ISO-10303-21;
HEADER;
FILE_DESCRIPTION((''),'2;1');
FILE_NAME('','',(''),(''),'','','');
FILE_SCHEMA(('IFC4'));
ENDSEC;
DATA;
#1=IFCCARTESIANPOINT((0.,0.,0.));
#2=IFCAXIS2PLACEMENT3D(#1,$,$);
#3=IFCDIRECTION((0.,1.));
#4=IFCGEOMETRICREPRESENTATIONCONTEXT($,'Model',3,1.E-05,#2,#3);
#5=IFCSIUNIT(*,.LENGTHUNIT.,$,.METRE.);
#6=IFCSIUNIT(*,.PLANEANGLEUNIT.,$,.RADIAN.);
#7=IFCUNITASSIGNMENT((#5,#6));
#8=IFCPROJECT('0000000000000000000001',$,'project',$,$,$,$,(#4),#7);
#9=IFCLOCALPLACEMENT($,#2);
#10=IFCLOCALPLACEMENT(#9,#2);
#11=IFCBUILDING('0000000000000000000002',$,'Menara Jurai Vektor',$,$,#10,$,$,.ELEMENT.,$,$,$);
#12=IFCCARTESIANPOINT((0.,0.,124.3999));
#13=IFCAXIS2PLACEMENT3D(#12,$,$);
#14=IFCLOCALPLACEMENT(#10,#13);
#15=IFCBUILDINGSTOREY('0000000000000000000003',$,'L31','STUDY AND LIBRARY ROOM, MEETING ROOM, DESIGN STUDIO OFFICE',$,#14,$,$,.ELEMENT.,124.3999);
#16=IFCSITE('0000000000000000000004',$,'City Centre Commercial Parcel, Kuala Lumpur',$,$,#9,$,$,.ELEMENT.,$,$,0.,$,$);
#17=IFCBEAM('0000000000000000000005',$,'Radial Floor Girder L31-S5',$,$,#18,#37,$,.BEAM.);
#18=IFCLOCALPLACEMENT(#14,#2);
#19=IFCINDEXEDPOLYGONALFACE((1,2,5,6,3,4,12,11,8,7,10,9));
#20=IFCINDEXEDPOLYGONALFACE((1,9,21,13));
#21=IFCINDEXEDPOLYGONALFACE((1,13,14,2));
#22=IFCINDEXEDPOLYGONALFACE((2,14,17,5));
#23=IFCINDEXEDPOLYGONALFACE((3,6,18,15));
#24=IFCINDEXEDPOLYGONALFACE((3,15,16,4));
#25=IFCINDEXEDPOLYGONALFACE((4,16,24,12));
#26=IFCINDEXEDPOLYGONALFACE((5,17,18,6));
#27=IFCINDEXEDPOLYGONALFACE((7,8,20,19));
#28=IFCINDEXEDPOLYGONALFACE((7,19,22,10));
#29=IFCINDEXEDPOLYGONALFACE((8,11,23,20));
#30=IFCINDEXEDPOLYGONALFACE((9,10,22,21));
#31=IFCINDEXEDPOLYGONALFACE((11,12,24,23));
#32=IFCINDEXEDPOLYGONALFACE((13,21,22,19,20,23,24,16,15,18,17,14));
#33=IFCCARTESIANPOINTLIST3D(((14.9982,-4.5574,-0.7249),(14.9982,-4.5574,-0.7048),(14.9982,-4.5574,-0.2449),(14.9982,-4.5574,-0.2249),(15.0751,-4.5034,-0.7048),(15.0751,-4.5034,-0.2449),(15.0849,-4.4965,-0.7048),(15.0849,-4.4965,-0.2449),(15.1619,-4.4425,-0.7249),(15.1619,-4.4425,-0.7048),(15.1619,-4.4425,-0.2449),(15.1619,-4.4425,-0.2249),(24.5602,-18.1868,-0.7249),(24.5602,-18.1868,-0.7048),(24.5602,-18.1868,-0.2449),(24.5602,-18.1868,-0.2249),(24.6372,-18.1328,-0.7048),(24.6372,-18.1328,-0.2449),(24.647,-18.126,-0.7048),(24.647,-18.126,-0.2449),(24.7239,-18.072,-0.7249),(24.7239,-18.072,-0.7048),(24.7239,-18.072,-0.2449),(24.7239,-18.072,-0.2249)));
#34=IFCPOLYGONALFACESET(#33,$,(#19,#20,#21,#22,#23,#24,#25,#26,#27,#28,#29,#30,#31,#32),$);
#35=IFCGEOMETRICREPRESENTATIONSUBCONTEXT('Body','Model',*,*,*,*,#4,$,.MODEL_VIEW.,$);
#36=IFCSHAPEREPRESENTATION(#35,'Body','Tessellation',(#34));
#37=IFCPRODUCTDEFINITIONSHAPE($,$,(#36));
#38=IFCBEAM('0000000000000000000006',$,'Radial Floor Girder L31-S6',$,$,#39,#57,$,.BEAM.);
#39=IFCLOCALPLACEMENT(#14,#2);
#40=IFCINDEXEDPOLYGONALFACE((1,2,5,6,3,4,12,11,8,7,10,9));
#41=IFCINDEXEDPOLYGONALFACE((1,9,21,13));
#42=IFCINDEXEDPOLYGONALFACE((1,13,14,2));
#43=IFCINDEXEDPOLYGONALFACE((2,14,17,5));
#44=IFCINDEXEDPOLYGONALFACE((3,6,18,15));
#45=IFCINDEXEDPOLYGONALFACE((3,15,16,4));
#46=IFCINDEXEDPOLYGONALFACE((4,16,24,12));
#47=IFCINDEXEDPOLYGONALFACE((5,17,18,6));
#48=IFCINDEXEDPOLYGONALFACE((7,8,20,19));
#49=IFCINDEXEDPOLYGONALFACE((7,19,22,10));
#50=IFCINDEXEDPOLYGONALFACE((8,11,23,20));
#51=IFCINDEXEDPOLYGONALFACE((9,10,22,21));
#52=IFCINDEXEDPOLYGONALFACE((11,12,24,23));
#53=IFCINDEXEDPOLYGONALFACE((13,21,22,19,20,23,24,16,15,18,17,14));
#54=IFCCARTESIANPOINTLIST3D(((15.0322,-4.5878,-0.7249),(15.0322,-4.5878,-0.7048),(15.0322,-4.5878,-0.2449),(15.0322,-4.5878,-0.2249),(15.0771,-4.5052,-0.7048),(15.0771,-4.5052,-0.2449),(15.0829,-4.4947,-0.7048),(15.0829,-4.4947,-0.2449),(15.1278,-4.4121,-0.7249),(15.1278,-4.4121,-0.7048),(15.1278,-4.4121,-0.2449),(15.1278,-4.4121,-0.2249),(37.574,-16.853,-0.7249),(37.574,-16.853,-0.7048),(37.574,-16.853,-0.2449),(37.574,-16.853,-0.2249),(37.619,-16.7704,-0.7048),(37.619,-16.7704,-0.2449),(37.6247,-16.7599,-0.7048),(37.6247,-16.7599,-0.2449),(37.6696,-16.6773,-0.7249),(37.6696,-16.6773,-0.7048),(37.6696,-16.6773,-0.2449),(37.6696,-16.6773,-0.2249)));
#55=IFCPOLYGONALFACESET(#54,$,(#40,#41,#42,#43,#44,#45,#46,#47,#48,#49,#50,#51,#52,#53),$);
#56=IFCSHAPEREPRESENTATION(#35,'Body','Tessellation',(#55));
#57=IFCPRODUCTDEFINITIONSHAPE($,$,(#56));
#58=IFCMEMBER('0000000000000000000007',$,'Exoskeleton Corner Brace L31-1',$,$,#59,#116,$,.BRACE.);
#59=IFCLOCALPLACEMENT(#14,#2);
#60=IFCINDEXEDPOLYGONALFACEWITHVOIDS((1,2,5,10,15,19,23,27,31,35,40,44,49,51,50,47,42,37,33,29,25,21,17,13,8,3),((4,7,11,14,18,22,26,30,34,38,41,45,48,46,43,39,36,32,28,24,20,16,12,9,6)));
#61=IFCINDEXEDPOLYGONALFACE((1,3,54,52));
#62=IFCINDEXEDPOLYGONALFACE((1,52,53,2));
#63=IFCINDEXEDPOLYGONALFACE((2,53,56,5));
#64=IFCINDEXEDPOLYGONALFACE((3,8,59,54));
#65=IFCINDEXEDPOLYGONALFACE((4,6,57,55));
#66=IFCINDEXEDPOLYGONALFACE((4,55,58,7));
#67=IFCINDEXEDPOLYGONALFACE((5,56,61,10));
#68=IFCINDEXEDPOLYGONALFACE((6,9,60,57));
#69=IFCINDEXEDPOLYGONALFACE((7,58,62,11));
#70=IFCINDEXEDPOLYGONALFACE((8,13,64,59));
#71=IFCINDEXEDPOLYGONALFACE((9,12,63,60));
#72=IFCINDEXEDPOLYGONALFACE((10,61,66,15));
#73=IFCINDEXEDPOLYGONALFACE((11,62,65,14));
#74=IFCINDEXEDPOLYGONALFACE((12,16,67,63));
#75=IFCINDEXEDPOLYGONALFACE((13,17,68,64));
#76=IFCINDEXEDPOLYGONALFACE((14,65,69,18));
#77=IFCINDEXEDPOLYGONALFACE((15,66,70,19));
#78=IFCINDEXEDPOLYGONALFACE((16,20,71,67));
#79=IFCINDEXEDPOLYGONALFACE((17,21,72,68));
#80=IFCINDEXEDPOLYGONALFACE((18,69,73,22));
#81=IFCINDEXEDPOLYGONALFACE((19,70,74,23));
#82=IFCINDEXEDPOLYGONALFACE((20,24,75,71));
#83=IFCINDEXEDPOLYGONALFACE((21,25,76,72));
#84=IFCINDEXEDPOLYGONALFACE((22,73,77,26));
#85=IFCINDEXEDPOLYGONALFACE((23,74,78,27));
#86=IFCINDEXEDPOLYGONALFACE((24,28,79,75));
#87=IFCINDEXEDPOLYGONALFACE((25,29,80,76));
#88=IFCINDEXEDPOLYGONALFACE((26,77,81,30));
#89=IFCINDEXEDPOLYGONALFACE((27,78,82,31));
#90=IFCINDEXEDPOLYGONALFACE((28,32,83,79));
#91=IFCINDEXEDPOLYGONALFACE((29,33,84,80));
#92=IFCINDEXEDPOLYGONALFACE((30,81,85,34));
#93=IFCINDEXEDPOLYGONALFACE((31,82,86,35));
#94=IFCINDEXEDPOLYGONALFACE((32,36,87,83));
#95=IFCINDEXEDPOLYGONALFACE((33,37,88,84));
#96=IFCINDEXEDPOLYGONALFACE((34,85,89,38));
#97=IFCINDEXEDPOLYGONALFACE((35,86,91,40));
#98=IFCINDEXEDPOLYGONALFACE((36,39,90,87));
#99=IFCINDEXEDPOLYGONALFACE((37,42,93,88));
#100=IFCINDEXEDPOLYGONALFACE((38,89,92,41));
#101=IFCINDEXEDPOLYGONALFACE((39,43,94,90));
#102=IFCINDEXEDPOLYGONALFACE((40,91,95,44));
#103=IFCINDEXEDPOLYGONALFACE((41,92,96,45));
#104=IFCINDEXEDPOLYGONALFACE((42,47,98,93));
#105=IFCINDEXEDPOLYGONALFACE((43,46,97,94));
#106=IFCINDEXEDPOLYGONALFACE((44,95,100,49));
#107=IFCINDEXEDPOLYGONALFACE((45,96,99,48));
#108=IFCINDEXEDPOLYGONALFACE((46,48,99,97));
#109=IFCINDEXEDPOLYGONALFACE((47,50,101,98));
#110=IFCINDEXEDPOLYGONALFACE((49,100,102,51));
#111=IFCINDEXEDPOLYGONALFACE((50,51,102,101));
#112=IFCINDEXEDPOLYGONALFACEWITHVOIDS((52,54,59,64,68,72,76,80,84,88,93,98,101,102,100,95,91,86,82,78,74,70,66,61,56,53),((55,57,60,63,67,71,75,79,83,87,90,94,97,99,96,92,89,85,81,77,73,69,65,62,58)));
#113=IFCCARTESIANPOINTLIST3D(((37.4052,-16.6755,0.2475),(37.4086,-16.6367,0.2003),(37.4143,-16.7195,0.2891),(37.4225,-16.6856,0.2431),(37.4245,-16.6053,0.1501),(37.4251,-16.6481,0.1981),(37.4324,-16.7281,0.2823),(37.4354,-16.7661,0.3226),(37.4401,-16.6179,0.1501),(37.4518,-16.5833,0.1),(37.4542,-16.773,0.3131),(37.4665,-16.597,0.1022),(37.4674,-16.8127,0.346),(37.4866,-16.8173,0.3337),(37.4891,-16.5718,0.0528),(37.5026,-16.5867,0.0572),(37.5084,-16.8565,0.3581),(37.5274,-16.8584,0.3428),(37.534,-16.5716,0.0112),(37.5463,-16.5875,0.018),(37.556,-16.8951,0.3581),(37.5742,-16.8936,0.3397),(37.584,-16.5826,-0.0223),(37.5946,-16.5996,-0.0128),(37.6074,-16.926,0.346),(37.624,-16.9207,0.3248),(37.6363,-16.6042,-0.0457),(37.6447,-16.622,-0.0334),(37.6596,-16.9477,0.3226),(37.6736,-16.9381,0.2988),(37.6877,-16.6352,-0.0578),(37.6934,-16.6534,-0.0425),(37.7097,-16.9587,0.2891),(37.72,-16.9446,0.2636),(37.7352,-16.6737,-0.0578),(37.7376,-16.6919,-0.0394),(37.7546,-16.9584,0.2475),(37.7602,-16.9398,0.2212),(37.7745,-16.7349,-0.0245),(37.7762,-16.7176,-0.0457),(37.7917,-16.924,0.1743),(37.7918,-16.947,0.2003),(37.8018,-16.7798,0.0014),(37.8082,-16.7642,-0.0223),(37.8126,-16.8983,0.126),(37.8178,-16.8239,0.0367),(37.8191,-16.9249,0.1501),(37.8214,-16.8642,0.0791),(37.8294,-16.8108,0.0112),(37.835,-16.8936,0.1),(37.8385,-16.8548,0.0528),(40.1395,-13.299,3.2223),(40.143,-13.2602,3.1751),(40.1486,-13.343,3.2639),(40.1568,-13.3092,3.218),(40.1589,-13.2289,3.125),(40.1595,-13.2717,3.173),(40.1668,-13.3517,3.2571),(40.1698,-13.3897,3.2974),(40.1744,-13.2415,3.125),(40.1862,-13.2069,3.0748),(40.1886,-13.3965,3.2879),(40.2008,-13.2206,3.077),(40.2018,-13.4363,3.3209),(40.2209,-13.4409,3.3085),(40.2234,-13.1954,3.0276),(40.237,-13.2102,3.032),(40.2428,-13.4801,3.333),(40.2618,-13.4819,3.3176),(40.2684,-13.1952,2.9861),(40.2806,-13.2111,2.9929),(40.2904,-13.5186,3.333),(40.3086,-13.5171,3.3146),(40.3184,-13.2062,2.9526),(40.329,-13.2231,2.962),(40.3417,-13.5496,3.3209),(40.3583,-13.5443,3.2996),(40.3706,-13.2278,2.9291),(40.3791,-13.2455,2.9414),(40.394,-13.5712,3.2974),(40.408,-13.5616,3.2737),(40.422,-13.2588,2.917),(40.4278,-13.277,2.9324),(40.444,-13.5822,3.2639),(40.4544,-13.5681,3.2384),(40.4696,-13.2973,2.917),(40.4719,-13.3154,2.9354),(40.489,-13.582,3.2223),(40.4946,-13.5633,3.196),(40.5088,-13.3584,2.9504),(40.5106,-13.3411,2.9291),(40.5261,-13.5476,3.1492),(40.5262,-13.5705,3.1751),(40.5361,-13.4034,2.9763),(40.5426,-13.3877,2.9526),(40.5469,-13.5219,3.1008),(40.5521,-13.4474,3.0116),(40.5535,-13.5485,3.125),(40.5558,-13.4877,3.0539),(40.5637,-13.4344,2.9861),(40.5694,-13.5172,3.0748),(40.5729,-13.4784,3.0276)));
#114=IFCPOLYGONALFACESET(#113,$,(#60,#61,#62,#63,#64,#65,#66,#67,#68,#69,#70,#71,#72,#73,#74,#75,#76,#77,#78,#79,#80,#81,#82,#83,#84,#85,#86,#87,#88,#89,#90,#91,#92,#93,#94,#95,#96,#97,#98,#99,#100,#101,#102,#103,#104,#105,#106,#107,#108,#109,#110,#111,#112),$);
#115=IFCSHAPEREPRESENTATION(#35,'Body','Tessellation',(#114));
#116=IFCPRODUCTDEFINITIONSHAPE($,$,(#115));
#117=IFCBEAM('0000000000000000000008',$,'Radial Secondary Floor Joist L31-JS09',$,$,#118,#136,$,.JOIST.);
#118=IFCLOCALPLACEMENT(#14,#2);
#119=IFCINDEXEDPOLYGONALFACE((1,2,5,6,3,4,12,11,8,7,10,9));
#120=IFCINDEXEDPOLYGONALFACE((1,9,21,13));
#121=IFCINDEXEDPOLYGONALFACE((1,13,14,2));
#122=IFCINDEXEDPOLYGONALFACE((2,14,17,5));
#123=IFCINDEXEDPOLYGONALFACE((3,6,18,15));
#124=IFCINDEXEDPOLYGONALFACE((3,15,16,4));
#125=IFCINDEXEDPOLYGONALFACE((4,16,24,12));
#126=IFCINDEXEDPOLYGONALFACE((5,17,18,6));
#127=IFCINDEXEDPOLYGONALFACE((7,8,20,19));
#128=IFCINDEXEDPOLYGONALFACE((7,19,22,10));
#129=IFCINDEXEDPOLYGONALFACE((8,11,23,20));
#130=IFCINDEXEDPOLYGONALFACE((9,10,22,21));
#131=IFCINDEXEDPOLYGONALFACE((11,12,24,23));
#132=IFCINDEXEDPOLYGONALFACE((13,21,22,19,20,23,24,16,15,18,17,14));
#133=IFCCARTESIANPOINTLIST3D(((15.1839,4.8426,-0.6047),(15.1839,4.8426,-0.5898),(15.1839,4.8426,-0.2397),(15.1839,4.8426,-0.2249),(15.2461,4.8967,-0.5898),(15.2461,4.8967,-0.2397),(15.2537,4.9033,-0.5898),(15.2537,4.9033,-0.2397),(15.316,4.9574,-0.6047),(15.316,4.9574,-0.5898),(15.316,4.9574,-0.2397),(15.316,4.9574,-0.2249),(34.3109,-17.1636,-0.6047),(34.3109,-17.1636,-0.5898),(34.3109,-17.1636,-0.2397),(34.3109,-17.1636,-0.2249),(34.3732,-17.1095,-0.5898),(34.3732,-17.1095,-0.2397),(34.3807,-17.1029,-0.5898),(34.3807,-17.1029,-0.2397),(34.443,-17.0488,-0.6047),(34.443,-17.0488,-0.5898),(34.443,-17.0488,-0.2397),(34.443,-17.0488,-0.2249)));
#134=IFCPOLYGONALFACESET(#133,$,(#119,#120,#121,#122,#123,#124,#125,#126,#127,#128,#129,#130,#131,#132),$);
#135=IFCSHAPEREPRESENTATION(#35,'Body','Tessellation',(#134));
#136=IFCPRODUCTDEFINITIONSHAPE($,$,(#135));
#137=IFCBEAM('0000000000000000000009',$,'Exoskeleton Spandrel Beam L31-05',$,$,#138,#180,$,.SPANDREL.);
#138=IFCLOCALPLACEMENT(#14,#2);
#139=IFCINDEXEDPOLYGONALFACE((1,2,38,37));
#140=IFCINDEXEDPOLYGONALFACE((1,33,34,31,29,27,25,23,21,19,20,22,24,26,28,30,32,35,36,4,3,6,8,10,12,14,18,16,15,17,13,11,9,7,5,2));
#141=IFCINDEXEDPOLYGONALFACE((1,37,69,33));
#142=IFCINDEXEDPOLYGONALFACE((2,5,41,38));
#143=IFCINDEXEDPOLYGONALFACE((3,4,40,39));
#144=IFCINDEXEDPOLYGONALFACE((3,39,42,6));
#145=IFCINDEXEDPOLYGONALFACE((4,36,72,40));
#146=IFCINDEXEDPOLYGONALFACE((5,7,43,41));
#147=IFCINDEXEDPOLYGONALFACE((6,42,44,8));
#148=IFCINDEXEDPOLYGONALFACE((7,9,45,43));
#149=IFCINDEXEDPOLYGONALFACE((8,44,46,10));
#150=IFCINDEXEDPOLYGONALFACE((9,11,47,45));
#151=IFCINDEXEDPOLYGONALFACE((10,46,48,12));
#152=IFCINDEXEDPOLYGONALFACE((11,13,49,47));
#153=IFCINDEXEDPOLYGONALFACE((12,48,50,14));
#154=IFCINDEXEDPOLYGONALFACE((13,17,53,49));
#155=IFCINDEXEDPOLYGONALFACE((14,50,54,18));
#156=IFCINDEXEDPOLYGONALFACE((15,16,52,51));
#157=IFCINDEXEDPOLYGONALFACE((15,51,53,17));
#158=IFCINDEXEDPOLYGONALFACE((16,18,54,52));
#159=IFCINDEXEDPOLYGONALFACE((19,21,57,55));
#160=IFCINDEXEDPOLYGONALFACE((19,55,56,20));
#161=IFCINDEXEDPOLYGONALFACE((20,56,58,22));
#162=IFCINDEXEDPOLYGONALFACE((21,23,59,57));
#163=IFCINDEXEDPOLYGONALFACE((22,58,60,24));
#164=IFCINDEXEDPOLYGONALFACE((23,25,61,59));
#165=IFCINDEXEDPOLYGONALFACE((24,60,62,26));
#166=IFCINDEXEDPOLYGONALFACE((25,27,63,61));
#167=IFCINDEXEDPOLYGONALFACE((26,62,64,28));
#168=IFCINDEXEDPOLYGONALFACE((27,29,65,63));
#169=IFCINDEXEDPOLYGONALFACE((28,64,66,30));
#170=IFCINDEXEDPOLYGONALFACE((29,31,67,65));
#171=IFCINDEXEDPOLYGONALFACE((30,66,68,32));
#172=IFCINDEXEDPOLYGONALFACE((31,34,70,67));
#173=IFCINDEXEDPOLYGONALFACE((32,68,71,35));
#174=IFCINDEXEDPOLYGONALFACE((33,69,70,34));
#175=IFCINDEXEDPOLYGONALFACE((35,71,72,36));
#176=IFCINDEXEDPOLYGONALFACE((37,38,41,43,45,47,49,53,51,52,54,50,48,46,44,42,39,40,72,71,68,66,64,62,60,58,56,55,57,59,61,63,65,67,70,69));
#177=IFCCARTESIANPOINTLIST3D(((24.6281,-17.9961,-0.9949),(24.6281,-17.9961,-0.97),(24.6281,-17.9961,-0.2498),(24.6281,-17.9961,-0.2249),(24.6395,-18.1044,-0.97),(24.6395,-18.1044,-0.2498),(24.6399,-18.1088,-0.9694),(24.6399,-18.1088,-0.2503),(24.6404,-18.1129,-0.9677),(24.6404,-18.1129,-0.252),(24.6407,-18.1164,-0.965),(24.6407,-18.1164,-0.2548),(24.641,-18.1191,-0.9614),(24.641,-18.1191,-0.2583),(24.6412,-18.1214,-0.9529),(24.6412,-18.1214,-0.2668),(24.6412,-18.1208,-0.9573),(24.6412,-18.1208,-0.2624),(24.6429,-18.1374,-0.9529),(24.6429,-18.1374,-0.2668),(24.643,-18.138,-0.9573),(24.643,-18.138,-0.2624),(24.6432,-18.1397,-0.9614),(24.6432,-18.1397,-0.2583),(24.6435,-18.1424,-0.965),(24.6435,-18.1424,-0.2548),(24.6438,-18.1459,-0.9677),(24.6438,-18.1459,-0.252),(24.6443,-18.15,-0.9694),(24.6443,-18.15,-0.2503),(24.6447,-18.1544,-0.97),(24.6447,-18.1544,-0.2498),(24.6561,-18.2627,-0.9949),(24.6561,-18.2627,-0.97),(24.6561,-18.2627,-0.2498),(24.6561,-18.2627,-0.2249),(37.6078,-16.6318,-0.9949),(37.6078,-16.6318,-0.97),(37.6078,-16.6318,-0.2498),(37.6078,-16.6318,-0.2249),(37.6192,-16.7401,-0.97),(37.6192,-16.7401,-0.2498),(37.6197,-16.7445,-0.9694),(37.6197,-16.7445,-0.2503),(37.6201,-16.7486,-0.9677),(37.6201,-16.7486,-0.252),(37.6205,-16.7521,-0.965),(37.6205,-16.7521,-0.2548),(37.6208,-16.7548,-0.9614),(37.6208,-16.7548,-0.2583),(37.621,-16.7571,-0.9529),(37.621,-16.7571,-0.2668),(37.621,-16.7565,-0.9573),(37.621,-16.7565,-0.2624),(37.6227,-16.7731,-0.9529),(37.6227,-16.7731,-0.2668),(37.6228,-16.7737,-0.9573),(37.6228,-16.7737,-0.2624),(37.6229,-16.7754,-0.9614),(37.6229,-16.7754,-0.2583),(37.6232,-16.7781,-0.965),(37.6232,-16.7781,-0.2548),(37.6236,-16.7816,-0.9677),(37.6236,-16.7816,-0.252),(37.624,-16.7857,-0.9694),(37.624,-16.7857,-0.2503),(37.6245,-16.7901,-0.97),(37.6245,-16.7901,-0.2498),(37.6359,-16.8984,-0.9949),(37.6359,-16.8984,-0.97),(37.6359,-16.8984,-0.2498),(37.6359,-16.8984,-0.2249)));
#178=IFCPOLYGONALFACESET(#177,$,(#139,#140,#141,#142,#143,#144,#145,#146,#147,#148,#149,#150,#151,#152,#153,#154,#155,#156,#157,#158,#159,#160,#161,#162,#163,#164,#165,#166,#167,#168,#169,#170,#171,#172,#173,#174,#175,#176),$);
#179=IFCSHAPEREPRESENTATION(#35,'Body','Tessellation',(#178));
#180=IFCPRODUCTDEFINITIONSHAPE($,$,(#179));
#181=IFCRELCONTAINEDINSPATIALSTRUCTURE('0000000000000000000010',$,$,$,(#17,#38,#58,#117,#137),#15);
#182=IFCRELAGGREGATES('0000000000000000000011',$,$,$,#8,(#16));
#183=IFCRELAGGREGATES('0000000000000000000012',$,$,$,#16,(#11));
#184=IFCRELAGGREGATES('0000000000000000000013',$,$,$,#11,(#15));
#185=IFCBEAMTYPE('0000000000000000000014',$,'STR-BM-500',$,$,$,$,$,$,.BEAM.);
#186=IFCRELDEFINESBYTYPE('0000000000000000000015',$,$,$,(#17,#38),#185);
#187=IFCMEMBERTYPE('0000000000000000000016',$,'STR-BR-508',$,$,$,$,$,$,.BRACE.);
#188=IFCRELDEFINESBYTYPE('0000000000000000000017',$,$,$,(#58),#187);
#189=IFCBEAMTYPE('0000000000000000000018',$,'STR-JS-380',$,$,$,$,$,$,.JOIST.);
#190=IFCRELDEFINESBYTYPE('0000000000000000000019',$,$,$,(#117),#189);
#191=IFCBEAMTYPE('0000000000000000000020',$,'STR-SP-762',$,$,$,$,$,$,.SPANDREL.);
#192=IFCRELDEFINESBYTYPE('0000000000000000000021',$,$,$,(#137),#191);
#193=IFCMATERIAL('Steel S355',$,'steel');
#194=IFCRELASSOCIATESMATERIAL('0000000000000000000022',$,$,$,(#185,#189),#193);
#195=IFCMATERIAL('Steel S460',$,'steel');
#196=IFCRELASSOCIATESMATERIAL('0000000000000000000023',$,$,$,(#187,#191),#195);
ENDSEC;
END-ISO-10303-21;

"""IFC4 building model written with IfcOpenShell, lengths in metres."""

from ifc_helpers import new_model, si_unit, direction, frame, origin, origin_2d, place, context, subcontext, project, spatial, hollow_circle, i_section, extrude, material, material_profile, profile_set, type_object, element, save


model = new_model("IFC4")

# Units and contexts
model_context = context("Model", 3, precision=1e-05, world=origin(), true_north=direction((0.0, 1.0)))
body_context = subcontext(model_context, "Body", "Model", "MODEL_VIEW")
ifc_project = project(units=[si_unit("LENGTHUNIT", "METRE"), si_unit("PLANEANGLEUNIT", "RADIAN")], contexts=[model_context])

# Site, building, storey
site_placement = place(None, origin())
site = spatial("IfcSite", under=ifc_project, at=site_placement, Name="City Centre Commercial Parcel, Kuala Lumpur", CompositionType="ELEMENT", RefElevation=0.0)
building_placement = place(site_placement, origin())
building = spatial("IfcBuilding", under=site, at=building_placement, Name="Menara Jurai Vektor", CompositionType="ELEMENT")
storey_placement = place(building_placement, frame((0.0, 0.0, 124.3999)))
storey = spatial("IfcBuildingStorey", under=building, at=storey_placement, Name="L31", Description="STUDY AND LIBRARY ROOM, MEETING ROOM, DESIGN STUDIO OFFICE", CompositionType="ELEMENT", Elevation=124.3999)

# Shared definitions
ifc_material_1 = material(Name="Steel S460", Category="steel")

# Beams
ifc_material_2 = material(Name="Steel S355", Category="steel")
ifc_material_profile_1 = material_profile(ifc_material_2, i_section(OverallWidth=0.2, OverallDepth=0.5, WebThickness=0.012, FlangeThickness=0.02, at=origin_2d()), Name="PG 500x200x96")
ifc_profile_set_1 = profile_set([ifc_material_profile_1], Name="Steel S355")
beam_type_1 = type_object("IfcBeamType", Name="STR-BM-500", PredefinedType="BEAM", material=ifc_profile_set_1)
beam_1_placement = place(storey_placement, frame((24.6421, -18.1294, -0.4749), z_axis=(-0.574326, 0.818627, 0.0), x_axis=(-0.818627, -0.574326, 0.0)))
element("IfcBeam", 1, at=beam_1_placement, inside=storey, type_object=beam_type_1, Name="Radial Floor Girder L31-S5", PredefinedType="BEAM", context=body_context, shape_type="SweptSolid", body=[
    extrude(i_section(OverallWidth=0.2, OverallDepth=0.5, WebThickness=0.012, FlangeThickness=0.02, at=origin_2d()), origin(), (0.0, 0.0, 1.0), 16.6492),
])
beam_2_placement = place(storey_placement, frame((37.6218, -16.7651, -0.4749), z_axis=(-0.878392, 0.47794, 0.0), x_axis=(-0.47794, -0.878392, 0.0)))
element("IfcBeam", 2, at=beam_2_placement, inside=storey, type_object=beam_type_1, Name="Radial Floor Girder L31-S6", PredefinedType="BEAM", context=body_context, shape_type="SweptSolid", body=[
    extrude(i_section(OverallWidth=0.2, OverallDepth=0.5, WebThickness=0.012, FlangeThickness=0.02, at=origin_2d()), origin(), (0.0, 0.0, 1.0), 25.6626),
])

# Member
ifc_material_profile_2 = material_profile(ifc_material_1, hollow_circle(Radius=0.2539, WallThickness=0.02, at=origin_2d()), Name="CHS 508x20")
ifc_profile_set_2 = profile_set([ifc_material_profile_2], Name="Steel S460")
member_type_1 = type_object("IfcMemberType", Name="STR-BR-508", PredefinedType="BRACE", material=ifc_profile_set_2)
member_1_placement = place(storey_placement, frame((37.6218, -16.7651, 0.1501), z_axis=(0.519285, 0.641225, 0.564955), x_axis=(-0.777127, 0.629344, 0.0)))
element("IfcMember", 3, at=member_1_placement, inside=storey, type_object=member_type_1, Name="Exoskeleton Corner Brace L31-1", PredefinedType="BRACE", context=body_context, shape_type="SweptSolid", body=[
    extrude(hollow_circle(Radius=0.2539, WallThickness=0.02, at=origin_2d()), origin(), (0.0, 0.0, 1.0), 5.2656),
])

# Beams
ifc_material_profile_3 = material_profile(ifc_material_2, i_section(OverallWidth=0.175, OverallDepth=0.3799, WebThickness=0.01, FlangeThickness=0.0149, at=origin_2d()), Name="PG 380x175x58")
ifc_profile_set_3 = profile_set([ifc_material_profile_3], Name="Steel S355")
beam_type_2 = type_object("IfcBeamType", Name="STR-JS-380", PredefinedType="JOIST", material=ifc_profile_set_3)
beam_3_placement = place(storey_placement, frame((34.377, -17.1062, -0.4148), z_axis=(-0.656007, 0.754755, 0.0), x_axis=(-0.754755, -0.656007, 0.0)))
element("IfcBeam", 4, at=beam_3_placement, inside=storey, type_object=beam_type_2, Name="Radial Secondary Floor Joist L31-JS09", PredefinedType="JOIST", context=body_context, shape_type="SweptSolid", body=[
    extrude(i_section(OverallWidth=0.175, OverallDepth=0.3799, WebThickness=0.01, FlangeThickness=0.0149, at=origin_2d()), origin(), (0.0, 0.0, 1.0), 29.1567),
])
ifc_material_profile_4 = material_profile(ifc_material_1, i_section(OverallWidth=0.2681, OverallDepth=0.77, WebThickness=0.0161, FlangeThickness=0.0249, FilletRadius=0.0171, at=origin_2d()), Name="UKB 762x267x197")
ifc_profile_set_4 = profile_set([ifc_material_profile_4], Name="Steel S460")
beam_type_3 = type_object("IfcBeamType", Name="STR-SP-762", PredefinedType="SPANDREL", material=ifc_profile_set_4)
beam_4_placement = place(storey_placement, frame((24.6421, -18.1294, -0.6099), z_axis=(0.994522, 0.104531, 0.0), x_axis=(-0.104531, 0.994522, 0.0)))
element("IfcBeam", 5, at=beam_4_placement, inside=storey, type_object=beam_type_3, Name="Exoskeleton Spandrel Beam L31-05", PredefinedType="SPANDREL", context=body_context, shape_type="SweptSolid", body=[
    extrude(i_section(OverallWidth=0.2681, OverallDepth=0.77, WebThickness=0.0161, FlangeThickness=0.0249, FilletRadius=0.0171, at=origin_2d()), origin(), (0.0, 0.0, 1.0), 13.0513),
])

save(model, "model.ifc")
